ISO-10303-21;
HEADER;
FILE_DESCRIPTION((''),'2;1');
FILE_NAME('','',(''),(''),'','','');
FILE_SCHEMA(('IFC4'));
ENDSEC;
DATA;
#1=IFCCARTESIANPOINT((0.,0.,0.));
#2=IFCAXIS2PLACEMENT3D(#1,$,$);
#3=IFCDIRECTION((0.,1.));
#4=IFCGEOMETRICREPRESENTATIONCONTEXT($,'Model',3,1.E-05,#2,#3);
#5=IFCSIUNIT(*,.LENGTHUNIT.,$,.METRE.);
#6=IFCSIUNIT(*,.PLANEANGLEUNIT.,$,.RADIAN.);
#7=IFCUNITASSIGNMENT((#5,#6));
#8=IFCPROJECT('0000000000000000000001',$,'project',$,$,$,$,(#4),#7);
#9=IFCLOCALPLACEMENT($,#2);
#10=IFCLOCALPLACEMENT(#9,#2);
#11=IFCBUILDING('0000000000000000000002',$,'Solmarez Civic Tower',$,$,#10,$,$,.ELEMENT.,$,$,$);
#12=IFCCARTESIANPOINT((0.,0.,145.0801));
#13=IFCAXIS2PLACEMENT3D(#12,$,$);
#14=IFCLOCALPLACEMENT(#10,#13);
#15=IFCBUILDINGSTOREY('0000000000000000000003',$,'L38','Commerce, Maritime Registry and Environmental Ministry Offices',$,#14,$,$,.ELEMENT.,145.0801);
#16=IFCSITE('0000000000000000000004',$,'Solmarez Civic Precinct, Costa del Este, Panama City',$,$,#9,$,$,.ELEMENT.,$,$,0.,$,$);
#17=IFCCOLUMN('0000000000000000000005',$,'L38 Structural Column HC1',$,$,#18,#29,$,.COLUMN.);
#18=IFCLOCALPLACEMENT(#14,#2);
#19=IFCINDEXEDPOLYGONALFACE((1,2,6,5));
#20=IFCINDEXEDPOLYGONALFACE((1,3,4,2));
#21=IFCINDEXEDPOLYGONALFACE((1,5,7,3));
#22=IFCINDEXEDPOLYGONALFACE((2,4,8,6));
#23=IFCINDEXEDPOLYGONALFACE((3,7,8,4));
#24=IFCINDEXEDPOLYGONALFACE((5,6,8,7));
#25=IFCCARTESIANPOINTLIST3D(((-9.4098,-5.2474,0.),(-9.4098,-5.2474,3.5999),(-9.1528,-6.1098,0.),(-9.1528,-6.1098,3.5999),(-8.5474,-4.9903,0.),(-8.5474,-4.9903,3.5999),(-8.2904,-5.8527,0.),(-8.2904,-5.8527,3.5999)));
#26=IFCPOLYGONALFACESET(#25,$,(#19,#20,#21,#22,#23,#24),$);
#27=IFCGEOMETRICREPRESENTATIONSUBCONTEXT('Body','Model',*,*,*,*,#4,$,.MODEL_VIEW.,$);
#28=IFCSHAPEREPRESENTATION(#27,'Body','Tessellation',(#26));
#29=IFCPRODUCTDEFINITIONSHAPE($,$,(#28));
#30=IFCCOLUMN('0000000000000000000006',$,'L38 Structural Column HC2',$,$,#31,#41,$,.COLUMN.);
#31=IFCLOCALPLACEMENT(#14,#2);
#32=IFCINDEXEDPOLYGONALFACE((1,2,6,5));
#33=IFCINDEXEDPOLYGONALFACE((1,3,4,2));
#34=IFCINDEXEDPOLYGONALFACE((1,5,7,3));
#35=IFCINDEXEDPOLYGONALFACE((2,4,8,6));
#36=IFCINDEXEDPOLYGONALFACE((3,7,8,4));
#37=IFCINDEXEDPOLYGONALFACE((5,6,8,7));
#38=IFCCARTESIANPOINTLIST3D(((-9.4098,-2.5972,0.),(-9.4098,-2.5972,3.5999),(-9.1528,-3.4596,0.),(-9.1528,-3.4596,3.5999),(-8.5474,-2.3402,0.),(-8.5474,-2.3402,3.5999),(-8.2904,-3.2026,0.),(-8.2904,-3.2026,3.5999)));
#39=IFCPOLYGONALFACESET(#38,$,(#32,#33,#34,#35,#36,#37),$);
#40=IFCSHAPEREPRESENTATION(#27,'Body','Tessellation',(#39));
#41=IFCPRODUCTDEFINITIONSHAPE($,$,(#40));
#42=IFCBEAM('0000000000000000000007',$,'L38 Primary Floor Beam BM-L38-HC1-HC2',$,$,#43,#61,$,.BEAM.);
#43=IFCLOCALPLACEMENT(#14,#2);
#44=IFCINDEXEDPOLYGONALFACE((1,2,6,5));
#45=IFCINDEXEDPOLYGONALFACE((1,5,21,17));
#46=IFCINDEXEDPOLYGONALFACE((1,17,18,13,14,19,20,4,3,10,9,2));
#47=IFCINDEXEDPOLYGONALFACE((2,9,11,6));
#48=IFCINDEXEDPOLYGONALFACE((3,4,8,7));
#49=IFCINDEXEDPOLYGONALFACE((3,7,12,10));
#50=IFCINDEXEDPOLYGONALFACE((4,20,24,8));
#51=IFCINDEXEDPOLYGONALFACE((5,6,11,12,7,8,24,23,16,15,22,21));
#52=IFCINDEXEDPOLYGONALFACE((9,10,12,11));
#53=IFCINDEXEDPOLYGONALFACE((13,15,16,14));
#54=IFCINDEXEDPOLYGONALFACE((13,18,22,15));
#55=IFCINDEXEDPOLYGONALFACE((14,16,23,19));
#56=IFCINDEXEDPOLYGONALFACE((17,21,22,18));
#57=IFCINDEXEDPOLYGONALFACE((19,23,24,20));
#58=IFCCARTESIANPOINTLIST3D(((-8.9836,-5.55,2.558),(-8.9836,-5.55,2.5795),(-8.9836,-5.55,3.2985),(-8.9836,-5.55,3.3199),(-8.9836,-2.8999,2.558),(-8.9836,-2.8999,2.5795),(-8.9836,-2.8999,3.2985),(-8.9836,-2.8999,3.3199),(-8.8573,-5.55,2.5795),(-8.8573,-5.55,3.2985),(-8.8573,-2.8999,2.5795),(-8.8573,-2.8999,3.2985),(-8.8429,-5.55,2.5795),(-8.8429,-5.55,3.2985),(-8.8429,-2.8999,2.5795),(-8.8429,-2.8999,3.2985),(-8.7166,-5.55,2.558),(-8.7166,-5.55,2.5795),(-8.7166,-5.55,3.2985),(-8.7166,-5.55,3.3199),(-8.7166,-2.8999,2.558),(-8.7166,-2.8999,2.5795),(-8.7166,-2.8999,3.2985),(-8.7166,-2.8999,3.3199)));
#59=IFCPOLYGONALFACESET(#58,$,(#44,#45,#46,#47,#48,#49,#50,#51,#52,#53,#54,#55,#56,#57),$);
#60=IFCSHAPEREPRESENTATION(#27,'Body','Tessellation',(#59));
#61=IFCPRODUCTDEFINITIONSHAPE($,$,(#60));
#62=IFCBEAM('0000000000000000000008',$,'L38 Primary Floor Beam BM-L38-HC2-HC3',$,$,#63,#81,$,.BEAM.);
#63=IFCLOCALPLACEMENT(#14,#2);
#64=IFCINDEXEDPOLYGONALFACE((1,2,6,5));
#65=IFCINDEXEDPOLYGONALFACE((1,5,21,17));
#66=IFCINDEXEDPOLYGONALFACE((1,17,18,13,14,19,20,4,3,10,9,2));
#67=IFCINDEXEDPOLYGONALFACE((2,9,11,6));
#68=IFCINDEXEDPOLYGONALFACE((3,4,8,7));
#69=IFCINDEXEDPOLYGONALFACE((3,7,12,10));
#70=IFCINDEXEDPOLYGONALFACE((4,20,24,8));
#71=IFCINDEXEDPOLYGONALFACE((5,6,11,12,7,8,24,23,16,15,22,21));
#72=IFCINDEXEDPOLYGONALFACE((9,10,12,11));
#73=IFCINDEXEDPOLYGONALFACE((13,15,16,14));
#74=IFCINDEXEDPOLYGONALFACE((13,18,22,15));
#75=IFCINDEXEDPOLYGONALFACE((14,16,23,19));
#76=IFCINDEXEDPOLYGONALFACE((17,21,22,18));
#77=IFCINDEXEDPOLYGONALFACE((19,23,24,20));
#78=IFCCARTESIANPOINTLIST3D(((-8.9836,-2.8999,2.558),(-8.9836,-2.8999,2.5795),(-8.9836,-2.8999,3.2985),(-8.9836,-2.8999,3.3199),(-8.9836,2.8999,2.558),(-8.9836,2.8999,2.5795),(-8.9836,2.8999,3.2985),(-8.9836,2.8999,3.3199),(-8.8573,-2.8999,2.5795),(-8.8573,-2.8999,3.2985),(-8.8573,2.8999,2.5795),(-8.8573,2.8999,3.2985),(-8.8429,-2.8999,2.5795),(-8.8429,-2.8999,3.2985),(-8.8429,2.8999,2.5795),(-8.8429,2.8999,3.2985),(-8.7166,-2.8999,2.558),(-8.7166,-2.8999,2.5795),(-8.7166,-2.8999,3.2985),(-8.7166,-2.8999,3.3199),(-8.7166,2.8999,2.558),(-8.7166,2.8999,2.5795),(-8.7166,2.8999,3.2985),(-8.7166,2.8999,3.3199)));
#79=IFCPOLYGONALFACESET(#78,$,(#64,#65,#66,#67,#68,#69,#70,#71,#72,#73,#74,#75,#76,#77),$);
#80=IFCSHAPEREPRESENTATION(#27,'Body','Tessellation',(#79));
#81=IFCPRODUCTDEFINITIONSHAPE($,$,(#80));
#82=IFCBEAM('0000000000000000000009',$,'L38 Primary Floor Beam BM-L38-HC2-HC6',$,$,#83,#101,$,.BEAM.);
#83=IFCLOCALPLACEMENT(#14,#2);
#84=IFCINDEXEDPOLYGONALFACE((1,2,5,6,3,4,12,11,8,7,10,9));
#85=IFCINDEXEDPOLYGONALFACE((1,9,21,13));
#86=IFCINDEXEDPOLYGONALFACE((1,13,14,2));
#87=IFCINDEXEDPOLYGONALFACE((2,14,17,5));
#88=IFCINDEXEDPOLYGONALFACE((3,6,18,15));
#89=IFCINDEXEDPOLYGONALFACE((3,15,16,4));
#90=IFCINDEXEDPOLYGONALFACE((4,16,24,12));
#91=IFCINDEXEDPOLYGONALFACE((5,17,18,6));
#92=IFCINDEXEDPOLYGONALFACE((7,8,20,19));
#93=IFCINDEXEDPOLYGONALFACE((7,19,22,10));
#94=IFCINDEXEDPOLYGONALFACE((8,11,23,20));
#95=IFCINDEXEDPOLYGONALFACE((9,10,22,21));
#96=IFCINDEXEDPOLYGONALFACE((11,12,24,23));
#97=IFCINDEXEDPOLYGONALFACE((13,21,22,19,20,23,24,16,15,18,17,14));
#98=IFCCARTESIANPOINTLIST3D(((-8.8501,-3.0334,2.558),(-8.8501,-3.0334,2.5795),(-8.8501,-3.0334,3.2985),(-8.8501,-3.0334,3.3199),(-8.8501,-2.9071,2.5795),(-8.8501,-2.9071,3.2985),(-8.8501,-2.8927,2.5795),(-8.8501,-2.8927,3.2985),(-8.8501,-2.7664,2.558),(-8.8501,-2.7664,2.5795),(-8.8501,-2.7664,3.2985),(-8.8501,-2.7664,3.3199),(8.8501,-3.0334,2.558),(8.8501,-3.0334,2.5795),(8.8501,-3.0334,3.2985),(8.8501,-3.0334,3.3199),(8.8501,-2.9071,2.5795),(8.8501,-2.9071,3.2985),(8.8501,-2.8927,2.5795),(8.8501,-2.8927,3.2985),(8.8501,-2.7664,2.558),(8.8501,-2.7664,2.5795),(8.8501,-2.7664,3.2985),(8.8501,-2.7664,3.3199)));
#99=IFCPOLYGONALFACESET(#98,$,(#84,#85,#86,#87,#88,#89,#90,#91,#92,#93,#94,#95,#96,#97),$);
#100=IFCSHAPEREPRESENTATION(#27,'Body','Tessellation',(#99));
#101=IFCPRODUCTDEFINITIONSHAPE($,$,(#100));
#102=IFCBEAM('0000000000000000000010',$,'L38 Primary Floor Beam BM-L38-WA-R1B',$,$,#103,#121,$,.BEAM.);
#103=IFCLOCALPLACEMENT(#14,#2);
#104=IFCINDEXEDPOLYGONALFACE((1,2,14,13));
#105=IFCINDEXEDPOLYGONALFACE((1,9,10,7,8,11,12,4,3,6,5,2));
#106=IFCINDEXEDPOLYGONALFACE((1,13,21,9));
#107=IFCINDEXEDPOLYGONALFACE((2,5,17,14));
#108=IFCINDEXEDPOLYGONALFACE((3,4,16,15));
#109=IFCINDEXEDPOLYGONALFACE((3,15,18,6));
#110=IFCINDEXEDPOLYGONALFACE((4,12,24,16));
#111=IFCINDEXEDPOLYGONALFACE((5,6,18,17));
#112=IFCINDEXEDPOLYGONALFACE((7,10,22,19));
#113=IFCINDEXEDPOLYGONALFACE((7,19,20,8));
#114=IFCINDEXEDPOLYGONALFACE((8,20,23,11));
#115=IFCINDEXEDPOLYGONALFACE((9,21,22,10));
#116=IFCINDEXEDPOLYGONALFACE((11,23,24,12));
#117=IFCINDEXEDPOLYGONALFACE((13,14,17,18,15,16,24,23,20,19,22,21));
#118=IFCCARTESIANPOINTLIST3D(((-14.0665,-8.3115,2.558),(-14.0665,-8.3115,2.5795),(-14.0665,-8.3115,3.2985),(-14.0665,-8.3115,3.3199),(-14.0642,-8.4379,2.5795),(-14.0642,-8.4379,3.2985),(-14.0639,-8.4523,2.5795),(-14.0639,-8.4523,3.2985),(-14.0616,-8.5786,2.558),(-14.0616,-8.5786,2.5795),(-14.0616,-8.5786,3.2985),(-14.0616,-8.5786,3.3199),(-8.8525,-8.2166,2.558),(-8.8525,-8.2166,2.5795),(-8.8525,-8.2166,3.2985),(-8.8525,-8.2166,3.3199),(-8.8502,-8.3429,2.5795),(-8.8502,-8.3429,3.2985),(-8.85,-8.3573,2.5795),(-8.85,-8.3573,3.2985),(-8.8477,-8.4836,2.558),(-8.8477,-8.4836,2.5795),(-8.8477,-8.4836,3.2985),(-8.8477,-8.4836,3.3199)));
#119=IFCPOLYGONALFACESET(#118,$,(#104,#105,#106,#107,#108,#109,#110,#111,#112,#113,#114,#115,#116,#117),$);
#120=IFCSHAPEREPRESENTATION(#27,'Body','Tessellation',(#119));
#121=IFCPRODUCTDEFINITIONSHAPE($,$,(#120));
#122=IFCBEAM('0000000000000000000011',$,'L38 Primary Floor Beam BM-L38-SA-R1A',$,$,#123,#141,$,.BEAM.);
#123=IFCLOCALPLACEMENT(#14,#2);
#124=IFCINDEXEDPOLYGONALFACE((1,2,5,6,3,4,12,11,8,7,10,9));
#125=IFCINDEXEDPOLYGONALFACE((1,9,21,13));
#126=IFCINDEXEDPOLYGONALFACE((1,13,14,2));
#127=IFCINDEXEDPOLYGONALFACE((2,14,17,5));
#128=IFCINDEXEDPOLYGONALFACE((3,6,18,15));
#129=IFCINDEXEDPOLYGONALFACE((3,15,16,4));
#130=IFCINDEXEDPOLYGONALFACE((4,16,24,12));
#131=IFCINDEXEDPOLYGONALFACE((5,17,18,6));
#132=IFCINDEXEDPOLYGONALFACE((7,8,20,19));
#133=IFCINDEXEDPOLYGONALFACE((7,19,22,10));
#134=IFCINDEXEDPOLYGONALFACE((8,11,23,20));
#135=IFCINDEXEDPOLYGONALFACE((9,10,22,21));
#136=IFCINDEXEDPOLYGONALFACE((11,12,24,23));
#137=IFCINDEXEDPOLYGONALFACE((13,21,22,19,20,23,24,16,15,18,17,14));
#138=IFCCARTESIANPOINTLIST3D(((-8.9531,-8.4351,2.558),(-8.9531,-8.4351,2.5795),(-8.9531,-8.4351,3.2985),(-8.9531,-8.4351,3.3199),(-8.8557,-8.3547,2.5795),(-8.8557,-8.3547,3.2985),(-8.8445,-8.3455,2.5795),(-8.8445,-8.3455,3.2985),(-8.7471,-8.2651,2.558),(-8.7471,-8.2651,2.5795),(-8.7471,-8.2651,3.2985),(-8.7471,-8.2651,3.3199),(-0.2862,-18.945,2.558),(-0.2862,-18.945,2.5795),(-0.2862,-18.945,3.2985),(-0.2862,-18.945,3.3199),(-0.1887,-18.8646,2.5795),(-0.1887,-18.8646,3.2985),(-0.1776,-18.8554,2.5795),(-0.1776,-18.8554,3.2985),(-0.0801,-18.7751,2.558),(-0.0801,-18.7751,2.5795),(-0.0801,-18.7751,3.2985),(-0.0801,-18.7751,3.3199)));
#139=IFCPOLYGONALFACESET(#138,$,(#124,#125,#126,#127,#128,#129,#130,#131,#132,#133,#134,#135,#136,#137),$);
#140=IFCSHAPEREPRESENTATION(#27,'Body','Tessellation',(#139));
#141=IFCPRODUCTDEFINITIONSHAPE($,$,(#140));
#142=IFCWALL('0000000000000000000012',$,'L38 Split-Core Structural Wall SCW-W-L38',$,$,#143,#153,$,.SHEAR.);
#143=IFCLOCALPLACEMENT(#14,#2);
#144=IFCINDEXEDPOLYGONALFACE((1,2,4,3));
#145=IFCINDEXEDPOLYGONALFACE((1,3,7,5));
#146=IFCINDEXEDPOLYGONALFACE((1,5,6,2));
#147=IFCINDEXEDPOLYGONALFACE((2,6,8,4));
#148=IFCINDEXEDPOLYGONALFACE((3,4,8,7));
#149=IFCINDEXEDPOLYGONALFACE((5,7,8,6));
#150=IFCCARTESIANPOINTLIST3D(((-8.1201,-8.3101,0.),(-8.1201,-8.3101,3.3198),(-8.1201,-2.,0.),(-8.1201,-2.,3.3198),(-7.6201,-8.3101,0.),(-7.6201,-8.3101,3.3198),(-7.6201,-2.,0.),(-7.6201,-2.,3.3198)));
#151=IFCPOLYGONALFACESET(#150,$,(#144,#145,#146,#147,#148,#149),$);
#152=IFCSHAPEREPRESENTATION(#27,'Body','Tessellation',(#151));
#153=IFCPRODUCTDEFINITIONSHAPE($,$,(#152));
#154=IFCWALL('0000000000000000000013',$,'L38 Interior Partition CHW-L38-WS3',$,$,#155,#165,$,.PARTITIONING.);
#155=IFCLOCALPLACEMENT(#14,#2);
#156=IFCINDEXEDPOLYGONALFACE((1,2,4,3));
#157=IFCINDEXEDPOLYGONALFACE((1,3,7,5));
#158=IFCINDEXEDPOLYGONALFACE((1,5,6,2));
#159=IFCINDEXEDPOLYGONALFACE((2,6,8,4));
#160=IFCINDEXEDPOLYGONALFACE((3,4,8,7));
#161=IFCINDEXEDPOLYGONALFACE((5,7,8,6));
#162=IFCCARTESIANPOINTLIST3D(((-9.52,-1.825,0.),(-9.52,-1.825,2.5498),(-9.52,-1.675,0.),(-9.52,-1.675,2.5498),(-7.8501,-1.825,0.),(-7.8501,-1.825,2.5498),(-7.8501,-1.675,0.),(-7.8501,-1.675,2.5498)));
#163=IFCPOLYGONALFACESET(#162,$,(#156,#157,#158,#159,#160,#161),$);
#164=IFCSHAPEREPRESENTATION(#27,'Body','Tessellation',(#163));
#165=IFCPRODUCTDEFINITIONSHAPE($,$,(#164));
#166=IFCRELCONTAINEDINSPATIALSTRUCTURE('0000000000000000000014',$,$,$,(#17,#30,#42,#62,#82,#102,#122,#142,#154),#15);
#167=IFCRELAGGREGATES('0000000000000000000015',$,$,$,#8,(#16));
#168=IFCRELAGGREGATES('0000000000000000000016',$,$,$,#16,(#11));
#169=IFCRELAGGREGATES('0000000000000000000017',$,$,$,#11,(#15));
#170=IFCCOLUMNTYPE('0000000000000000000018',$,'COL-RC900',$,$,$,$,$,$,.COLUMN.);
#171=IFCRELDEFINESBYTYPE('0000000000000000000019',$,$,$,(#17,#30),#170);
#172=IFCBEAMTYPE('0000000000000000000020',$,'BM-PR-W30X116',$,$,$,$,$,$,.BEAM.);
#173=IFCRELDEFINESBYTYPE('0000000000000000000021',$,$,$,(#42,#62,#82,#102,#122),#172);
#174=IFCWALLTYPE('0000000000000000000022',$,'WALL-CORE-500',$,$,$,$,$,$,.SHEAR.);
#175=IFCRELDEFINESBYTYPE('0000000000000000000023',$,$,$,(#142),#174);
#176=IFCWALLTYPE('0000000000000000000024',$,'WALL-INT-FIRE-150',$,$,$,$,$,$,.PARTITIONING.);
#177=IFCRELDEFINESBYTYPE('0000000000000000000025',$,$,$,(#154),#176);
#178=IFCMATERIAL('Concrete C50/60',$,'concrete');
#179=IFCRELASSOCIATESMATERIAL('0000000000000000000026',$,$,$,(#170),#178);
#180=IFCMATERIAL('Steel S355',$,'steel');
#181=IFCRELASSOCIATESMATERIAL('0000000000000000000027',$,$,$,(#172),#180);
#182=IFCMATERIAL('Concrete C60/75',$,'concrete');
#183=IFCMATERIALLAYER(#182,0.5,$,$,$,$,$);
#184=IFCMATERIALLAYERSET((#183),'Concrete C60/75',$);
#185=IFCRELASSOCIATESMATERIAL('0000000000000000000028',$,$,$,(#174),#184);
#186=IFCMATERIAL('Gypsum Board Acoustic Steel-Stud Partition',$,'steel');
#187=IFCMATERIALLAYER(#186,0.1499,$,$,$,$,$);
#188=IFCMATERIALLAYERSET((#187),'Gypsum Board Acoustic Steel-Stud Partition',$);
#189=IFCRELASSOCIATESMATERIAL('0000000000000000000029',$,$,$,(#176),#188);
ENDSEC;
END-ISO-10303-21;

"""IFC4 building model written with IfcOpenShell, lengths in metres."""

from ifc_helpers import new_model, si_unit, direction, frame, frame_2d, origin, origin_2d, place, context, subcontext, project, spatial, rectangle, i_section, extrude, material, layer, layer_set, material_profile, profile_set, type_object, element, save


model = new_model("IFC4")

# Units and contexts
model_context = context("Model", 3, precision=1e-05, world=origin(), true_north=direction((0.0, 1.0)))
body_context = subcontext(model_context, "Body", "Model", "MODEL_VIEW")
ifc_project = project(units=[si_unit("LENGTHUNIT", "METRE"), si_unit("PLANEANGLEUNIT", "RADIAN")], contexts=[model_context])

# Site, building, storey
site_placement = place(None, origin())
site = spatial("IfcSite", under=ifc_project, at=site_placement, Name="Solmarez Civic Precinct, Costa del Este, Panama City", CompositionType="ELEMENT", RefElevation=0.0)
building_placement = place(site_placement, origin())
building = spatial("IfcBuilding", under=site, at=building_placement, Name="Solmarez Civic Tower", CompositionType="ELEMENT")
storey_placement = place(building_placement, frame((0.0, 0.0, 145.0801)))
storey = spatial("IfcBuildingStorey", under=building, at=storey_placement, Name="L38", Description="Commerce, Maritime Registry and Environmental Ministry Offices", CompositionType="ELEMENT", Elevation=145.0801)

# Columns
ifc_material_1 = material(Name="Concrete C50/60", Category="concrete")
ifc_material_profile_1 = material_profile(ifc_material_1, rectangle(XDim=0.8999, YDim=0.8999, at=origin_2d()), Name="RC900X900")
ifc_profile_set_1 = profile_set([ifc_material_profile_1], Name="Concrete C50/60")
column_type = type_object("IfcColumnType", Name="COL-RC900", PredefinedType="COLUMN", material=ifc_profile_set_1)
for number, where, z_axis, x_axis, name in (
    (1, (-8.8501, -5.55, 0.0), (0.0, 0.0, 1.0), (0.958323, 0.285688, 0.0), "L38 Structural Column HC1"),
    (2, (-8.8501, -2.8999, 0.0), (0.0, 0.0, 1.0), (0.958323, 0.285688, 0.0), "L38 Structural Column HC2"),
):
    element("IfcColumn", number, at=place(storey_placement, frame(where, z_axis=z_axis, x_axis=x_axis)), inside=storey, type_object=column_type, Name=name, PredefinedType="COLUMN", context=body_context, shape_type="SweptSolid", body=[
        extrude(rectangle(XDim=0.8999, YDim=0.8999, at=origin_2d()), origin(), (0.0, 0.0, 1.0), 3.5999),
    ])

# Beams
ifc_material_2 = material(Name="Steel S355", Category="steel")
ifc_material_profile_2 = material_profile(ifc_material_2, i_section(OverallWidth=0.2671, OverallDepth=0.762, WebThickness=0.0144, FlangeThickness=0.0215, at=origin_2d()), Name="W30X116")
ifc_profile_set_2 = profile_set([ifc_material_profile_2], Name="Steel S355")
beam_type = type_object("IfcBeamType", Name="BM-PR-W30X116", PredefinedType="BEAM", material=ifc_profile_set_2)
beam_1_placement = place(storey_placement, frame((-8.8501, -5.55, 2.939), z_axis=(0.0, 1.0, 0.0), x_axis=(-1.0, 0.0, 0.0)))
element("IfcBeam", 3, at=beam_1_placement, inside=storey, type_object=beam_type, Name="L38 Primary Floor Beam BM-L38-HC1-HC2", PredefinedType="BEAM", context=body_context, shape_type="SweptSolid", body=[
    extrude(i_section(OverallWidth=0.2671, OverallDepth=0.762, WebThickness=0.0144, FlangeThickness=0.0215, at=origin_2d()), origin(), (0.0, 0.0, 1.0), 2.6501),
])
beam_2_placement = place(storey_placement, frame((-8.8501, -2.8999, 2.939), z_axis=(0.0, 1.0, 0.0), x_axis=(-1.0, 0.0, 0.0)))
element("IfcBeam", 4, at=beam_2_placement, inside=storey, type_object=beam_type, Name="L38 Primary Floor Beam BM-L38-HC2-HC3", PredefinedType="BEAM", context=body_context, shape_type="SweptSolid", body=[
    extrude(i_section(OverallWidth=0.2671, OverallDepth=0.762, WebThickness=0.0144, FlangeThickness=0.0215, at=origin_2d()), origin(), (0.0, 0.0, 1.0), 5.7998),
])
beam_3_placement = place(storey_placement, frame((-8.8501, -2.8999, 2.939), z_axis=(1.0, 0.0, 0.0), x_axis=(0.0, 1.0, 0.0)))
element("IfcBeam", 5, at=beam_3_placement, inside=storey, type_object=beam_type, Name="L38 Primary Floor Beam BM-L38-HC2-HC6", PredefinedType="BEAM", context=body_context, shape_type="SweptSolid", body=[
    extrude(i_section(OverallWidth=0.2671, OverallDepth=0.762, WebThickness=0.0144, FlangeThickness=0.0215, at=origin_2d()), origin(), (0.0, 0.0, 1.0), 17.7002),
])
beam_4_placement = place(storey_placement, frame((-8.8501, -8.3501, 2.939), z_axis=(-0.999834, -0.018212, 0.0), x_axis=(0.018212, -0.999834, 0.0)))
element("IfcBeam", 6, at=beam_4_placement, inside=storey, type_object=beam_type, Name="L38 Primary Floor Beam BM-L38-WA-R1B", PredefinedType="BEAM", context=body_context, shape_type="SweptSolid", body=[
    extrude(i_section(OverallWidth=0.2671, OverallDepth=0.762, WebThickness=0.0144, FlangeThickness=0.0215, at=origin_2d()), origin(), (0.0, 0.0, 1.0), 5.2148),
])
beam_5_placement = place(storey_placement, frame((-8.8501, -8.3501, 2.939), z_axis=(0.636218, -0.771509, 0.0), x_axis=(0.771509, 0.636218, 0.0)))
element("IfcBeam", 7, at=beam_5_placement, inside=storey, type_object=beam_type, Name="L38 Primary Floor Beam BM-L38-SA-R1A", PredefinedType="BEAM", context=body_context, shape_type="SweptSolid", body=[
    extrude(i_section(OverallWidth=0.2671, OverallDepth=0.762, WebThickness=0.0144, FlangeThickness=0.0215, at=origin_2d()), origin(), (0.0, 0.0, 1.0), 13.6226),
])

# Shared definitions
ifc_material_3 = material(Name="Concrete C60/75", Category="concrete")
ifc_layer_1 = layer(ifc_material_3, 0.5)
ifc_layer_set_1 = layer_set([ifc_layer_1], Name="Concrete C60/75")
wall_type_1 = type_object("IfcWallType", Name="WALL-CORE-500", PredefinedType="SHEAR", material=ifc_layer_set_1)

# Walls
wall_1_placement = place(storey_placement, frame((-7.8701, -8.3101, 0.0), z_axis=(0.0, 0.0, 1.0), x_axis=(0.0, 1.0, 0.0)))
element("IfcWall", 8, at=wall_1_placement, inside=storey, type_object=wall_type_1, Name="L38 Split-Core Structural Wall SCW-W-L38", PredefinedType="SHEAR", context=body_context, shape_type="SweptSolid", body=[
    extrude(rectangle(XDim=6.3101, YDim=0.5, at=frame_2d((3.155, 0.0))), origin(), (0.0, 0.0, 1.0), 3.3198),
])
ifc_material_4 = material(Name="Gypsum Board Acoustic Steel-Stud Partition", Category="steel")
ifc_layer_2 = layer(ifc_material_4, 0.1499)
ifc_layer_set_2 = layer_set([ifc_layer_2], Name="Gypsum Board Acoustic Steel-Stud Partition")
wall_type_2 = type_object("IfcWallType", Name="WALL-INT-FIRE-150", PredefinedType="PARTITIONING", material=ifc_layer_set_2)
wall_2_placement = place(storey_placement, frame((-7.8501, -1.75, 0.0), z_axis=(0.0, 0.0, 1.0), x_axis=(-1.0, 0.0, 0.0)))
element("IfcWall", 9, at=wall_2_placement, inside=storey, type_object=wall_type_2, Name="L38 Interior Partition CHW-L38-WS3", PredefinedType="PARTITIONING", context=body_context, shape_type="SweptSolid", body=[
    extrude(rectangle(XDim=1.6699, YDim=0.1499, at=frame_2d((0.835, 0.0))), origin(), (0.0, 0.0, 1.0), 2.5498),
])

save(model, "model.ifc")
